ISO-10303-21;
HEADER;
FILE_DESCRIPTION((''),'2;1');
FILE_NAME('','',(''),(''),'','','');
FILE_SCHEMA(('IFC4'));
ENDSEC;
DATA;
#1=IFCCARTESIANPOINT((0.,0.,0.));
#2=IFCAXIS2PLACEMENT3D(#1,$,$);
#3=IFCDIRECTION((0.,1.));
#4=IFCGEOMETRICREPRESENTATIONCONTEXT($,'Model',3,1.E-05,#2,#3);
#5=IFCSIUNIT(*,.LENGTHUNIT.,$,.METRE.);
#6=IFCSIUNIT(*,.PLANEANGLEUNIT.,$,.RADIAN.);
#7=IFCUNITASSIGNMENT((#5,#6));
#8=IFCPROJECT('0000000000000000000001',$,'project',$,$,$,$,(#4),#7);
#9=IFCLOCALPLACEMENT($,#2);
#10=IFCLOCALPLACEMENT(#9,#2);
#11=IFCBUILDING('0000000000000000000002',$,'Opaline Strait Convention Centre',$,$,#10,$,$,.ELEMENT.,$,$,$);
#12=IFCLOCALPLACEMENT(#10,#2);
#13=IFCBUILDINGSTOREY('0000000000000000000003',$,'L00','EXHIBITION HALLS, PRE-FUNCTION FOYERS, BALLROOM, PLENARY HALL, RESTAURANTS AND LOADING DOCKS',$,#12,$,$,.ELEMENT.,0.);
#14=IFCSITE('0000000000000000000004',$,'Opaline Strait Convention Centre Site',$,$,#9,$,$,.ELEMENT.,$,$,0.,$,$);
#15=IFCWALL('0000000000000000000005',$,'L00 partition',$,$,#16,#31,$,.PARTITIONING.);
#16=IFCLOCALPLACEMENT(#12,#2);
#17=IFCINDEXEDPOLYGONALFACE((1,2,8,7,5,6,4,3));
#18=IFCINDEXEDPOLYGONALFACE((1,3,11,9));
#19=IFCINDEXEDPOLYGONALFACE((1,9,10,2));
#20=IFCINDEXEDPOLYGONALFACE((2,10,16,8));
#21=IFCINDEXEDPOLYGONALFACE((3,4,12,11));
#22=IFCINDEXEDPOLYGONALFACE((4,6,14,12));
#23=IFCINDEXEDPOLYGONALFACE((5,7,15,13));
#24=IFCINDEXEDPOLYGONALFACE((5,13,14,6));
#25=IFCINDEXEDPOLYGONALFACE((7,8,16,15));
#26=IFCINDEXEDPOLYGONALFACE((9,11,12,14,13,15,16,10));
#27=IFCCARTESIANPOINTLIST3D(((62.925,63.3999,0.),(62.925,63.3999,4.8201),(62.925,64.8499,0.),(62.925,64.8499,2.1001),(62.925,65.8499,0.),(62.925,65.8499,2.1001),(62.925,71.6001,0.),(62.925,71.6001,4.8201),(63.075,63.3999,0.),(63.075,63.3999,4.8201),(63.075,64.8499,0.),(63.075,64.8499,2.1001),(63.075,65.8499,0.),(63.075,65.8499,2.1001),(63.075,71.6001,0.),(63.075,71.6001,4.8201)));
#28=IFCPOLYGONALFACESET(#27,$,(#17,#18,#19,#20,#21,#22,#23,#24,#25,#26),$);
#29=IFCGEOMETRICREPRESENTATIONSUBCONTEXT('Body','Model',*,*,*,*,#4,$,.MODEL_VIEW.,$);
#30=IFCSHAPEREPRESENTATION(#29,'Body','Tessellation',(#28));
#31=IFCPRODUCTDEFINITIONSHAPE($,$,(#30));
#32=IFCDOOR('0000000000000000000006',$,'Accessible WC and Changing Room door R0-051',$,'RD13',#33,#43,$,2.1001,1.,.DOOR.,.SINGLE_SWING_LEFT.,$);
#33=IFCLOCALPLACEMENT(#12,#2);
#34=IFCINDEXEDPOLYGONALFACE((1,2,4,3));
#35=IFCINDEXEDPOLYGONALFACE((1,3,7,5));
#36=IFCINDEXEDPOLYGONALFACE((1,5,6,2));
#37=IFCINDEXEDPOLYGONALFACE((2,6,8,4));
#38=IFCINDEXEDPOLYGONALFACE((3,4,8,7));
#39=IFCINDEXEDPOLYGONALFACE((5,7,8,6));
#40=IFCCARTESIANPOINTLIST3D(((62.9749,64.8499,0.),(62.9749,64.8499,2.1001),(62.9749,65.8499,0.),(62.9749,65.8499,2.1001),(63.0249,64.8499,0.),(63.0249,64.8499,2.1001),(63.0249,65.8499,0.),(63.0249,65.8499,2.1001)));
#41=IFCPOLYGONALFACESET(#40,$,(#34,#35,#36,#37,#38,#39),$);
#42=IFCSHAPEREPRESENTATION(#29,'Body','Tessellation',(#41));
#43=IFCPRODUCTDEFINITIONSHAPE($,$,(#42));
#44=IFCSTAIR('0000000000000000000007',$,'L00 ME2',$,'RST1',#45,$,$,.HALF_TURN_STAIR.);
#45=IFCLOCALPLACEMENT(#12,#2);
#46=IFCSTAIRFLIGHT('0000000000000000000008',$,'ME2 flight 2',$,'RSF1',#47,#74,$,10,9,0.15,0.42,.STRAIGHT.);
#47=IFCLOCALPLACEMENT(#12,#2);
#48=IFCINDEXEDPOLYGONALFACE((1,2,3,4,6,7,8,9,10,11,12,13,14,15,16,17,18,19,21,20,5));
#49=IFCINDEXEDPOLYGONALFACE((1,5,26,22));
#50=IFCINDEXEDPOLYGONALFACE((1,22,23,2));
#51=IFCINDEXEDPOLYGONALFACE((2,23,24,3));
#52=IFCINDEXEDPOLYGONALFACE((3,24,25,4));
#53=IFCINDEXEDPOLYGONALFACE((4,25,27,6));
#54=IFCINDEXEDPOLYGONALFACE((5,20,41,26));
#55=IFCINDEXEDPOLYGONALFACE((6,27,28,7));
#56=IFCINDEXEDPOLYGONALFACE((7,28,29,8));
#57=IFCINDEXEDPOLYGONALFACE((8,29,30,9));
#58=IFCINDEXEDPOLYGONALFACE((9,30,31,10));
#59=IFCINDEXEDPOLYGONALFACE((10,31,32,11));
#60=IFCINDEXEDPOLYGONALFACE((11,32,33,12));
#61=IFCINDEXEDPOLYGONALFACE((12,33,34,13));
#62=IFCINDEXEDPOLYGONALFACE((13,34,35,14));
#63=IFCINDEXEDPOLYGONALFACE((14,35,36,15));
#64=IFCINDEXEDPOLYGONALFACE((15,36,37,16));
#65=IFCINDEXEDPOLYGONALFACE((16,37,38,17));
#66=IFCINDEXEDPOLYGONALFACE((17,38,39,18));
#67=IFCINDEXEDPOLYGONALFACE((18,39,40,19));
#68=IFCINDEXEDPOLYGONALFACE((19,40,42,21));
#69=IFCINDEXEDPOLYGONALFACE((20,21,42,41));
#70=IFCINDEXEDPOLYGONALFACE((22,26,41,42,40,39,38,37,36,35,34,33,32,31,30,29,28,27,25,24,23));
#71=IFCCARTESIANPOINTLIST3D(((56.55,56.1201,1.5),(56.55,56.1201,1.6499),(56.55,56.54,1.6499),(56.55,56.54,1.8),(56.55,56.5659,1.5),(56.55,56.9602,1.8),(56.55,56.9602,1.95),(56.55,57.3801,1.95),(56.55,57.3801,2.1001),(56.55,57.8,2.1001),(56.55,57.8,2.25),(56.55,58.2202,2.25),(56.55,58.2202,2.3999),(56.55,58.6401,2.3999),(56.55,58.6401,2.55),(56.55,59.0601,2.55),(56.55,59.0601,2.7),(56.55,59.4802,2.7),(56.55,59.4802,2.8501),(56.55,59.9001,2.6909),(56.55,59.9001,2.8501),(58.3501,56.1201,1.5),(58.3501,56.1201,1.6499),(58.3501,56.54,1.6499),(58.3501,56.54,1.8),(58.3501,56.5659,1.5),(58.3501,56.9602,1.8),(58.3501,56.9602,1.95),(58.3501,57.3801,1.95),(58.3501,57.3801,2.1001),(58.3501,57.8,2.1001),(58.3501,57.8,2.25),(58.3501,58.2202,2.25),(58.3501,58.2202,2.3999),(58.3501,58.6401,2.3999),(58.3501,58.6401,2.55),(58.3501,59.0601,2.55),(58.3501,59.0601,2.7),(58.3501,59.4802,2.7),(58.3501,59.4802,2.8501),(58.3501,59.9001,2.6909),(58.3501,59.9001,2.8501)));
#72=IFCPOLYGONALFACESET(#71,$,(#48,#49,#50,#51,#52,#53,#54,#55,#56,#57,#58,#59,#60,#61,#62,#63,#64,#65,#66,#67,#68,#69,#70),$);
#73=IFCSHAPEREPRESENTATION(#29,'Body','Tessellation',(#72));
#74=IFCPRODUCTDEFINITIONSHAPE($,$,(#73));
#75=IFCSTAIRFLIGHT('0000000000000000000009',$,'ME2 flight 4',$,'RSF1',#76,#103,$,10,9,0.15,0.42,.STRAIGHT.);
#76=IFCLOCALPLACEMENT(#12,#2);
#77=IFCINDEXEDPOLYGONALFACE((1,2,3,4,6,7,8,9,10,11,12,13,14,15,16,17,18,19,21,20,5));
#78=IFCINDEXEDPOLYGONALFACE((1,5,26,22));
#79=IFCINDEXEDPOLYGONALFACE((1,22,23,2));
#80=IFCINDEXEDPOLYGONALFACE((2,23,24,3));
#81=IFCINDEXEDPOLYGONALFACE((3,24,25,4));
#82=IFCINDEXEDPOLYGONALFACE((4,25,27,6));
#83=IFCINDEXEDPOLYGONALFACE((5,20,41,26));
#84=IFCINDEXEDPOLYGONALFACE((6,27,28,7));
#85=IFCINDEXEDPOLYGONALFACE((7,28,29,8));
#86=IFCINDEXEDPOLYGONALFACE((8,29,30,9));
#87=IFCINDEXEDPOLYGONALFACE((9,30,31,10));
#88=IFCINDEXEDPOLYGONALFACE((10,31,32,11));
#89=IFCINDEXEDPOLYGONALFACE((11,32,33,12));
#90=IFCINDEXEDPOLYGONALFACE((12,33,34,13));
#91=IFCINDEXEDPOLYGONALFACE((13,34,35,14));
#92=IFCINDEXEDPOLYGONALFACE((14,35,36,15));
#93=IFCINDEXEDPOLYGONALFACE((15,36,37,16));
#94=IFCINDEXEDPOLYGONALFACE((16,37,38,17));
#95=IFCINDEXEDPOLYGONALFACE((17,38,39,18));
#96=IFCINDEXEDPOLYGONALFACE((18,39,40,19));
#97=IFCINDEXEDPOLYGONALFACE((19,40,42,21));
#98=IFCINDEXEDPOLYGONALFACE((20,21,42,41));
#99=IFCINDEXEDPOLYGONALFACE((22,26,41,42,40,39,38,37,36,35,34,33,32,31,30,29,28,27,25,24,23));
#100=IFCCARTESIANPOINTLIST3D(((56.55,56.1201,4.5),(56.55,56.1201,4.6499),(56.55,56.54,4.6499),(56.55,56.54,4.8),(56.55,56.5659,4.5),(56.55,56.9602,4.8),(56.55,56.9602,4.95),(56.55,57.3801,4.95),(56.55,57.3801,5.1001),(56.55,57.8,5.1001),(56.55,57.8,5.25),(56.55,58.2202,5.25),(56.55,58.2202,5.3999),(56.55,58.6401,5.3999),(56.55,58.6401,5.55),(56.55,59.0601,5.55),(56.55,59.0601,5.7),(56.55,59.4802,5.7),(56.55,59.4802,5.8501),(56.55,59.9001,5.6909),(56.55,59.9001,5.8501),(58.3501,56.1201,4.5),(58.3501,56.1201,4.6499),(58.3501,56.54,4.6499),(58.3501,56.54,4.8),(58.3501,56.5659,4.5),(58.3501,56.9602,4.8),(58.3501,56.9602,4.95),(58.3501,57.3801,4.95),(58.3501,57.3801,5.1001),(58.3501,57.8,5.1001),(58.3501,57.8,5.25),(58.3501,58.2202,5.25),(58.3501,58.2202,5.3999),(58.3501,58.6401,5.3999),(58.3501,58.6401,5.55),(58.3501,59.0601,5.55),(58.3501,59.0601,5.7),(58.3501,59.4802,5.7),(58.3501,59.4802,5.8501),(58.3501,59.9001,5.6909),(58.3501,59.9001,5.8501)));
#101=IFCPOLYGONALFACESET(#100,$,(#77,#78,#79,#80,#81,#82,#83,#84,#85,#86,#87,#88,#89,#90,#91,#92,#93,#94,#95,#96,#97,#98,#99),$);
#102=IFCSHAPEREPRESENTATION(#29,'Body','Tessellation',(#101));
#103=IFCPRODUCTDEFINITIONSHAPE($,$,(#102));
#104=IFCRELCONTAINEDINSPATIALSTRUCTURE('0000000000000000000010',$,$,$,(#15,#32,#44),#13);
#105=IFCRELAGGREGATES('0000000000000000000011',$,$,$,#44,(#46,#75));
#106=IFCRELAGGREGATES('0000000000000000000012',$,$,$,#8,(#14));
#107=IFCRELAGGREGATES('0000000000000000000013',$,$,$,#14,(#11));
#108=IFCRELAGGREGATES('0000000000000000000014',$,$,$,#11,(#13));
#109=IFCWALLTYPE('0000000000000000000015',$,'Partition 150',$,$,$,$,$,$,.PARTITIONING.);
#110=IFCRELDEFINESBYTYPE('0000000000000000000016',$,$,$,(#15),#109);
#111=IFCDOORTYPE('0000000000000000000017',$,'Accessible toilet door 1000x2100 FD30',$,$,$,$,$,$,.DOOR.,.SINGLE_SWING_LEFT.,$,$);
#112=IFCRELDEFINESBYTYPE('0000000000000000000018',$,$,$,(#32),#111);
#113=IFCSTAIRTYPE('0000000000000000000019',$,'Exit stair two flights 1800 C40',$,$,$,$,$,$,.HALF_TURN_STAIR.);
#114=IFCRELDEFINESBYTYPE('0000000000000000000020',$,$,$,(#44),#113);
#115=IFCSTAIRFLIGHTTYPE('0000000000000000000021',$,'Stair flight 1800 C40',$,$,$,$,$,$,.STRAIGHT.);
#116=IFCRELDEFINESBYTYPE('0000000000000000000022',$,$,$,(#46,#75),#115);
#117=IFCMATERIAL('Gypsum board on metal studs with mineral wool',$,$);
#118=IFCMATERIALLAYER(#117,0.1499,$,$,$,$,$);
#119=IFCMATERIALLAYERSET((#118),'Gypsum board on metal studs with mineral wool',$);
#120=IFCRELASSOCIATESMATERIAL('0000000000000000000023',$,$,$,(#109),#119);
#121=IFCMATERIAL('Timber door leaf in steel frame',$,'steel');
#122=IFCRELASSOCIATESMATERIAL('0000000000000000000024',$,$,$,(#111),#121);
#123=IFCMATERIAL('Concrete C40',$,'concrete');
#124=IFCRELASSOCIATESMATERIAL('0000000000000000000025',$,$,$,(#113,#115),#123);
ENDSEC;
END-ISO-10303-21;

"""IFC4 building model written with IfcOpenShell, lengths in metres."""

from ifc_helpers import new_model, si_unit, direction, frame, frame_2d, origin, place, context, subcontext, project, spatial, polyline, rectangle, outline, extrude, material, layer, layer_set, type_object, element, fill, aggregate, save


model = new_model("IFC4")

# Units and contexts
model_context = context("Model", 3, precision=1e-05, world=origin(), true_north=direction((0.0, 1.0)))
body_context = subcontext(model_context, "Body", "Model", "MODEL_VIEW")
ifc_project = project(units=[si_unit("LENGTHUNIT", "METRE"), si_unit("PLANEANGLEUNIT", "RADIAN")], contexts=[model_context])

# Site, building, storey
site_placement = place(None, origin())
site = spatial("IfcSite", under=ifc_project, at=site_placement, Name="Opaline Strait Convention Centre Site", CompositionType="ELEMENT", RefElevation=0.0)
building_placement = place(site_placement, origin())
building = spatial("IfcBuilding", under=site, at=building_placement, Name="Opaline Strait Convention Centre", CompositionType="ELEMENT")
storey_placement = place(building_placement, origin())
storey = spatial("IfcBuildingStorey", under=building, at=storey_placement, Name="L00", Description="EXHIBITION HALLS, PRE-FUNCTION FOYERS, BALLROOM, PLENARY HALL, RESTAURANTS AND LOADING DOCKS", CompositionType="ELEMENT", Elevation=0.0)

# Shared definitions
ifc_material_1 = material(Name="Concrete C40", Category="concrete")

# Shared definitions
ifc_material_2 = material(Name="Gypsum board on metal studs with mineral wool")
ifc_layer_1 = layer(ifc_material_2, 0.1499)
ifc_layer_set_1 = layer_set([ifc_layer_1], Name="Gypsum board on metal studs with mineral wool")
wall_type_1 = type_object("IfcWallType", Name="Partition 150", PredefinedType="PARTITIONING", material=ifc_layer_set_1)

# Shared definitions
ifc_material_3 = material(Name="Timber door leaf in steel frame", Category="steel")

# Wall, opening, door
wall_1_placement = place(storey_placement, frame((63.0, 63.3999, 0.0), z_axis=(0.0, 0.0, 1.0), x_axis=(0.0, 1.0, 0.0)))
wall_1 = element("IfcWall", 1, at=wall_1_placement, inside=storey, type_object=wall_type_1, Name="L00 partition", PredefinedType="PARTITIONING", context=body_context, shape_type="SweptSolid", body=[
    extrude(rectangle(XDim=8.2002, YDim=0.1499, at=frame_2d((4.1001, 0.0))), origin(), (0.0, 0.0, 1.0), 4.8201),
])
opening_1_placement = place(wall_1_placement, frame((1.45, 0.0, 0.0)))
opening_1 = element("IfcOpeningElement", 2, at=opening_1_placement, cuts=wall_1, PredefinedType="OPENING", context=body_context, shape_type="SweptSolid", body=[
    extrude(rectangle(XDim=1.0, YDim=2.1001, at=frame_2d((0.5, 1.05))), frame((0.0, 0.085, 0.0), z_axis=(0.0, -1.0, 0.0), x_axis=(1.0, 0.0, 0.0)), (0.0, 0.0, 1.0), 0.1699),
])
door_type_1 = type_object("IfcDoorType", Name="Accessible toilet door 1000x2100 FD30", OperationType="SINGLE_SWING_LEFT", PredefinedType="DOOR", material=ifc_material_3)
door_1_placement = place(opening_1_placement, frame((1.0, 0.0, 0.0), z_axis=(0.0, 0.0, 1.0), x_axis=(-1.0, 0.0, 0.0)))
door_1 = element("IfcDoor", 3, at=door_1_placement, inside=storey, type_object=door_type_1, Name="Accessible WC and Changing Room door R0-051", ObjectType="RD13", OperationType="SINGLE_SWING_LEFT", OverallHeight=2.1001, OverallWidth=1.0, PredefinedType="DOOR", context=body_context, shape_type="SweptSolid", body=[
    extrude(rectangle(XDim=1.0, YDim=2.1001, at=frame_2d((0.5, 1.05))), frame((0.0, 0.0249, 0.0), z_axis=(0.0, -1.0, 0.0), x_axis=(1.0, 0.0, 0.0)), (0.0, 0.0, 1.0), 0.05),
])
fill(opening_1, door_1)

# Stair, stair flights
stair_type = type_object("IfcStairType", Name="Exit stair two flights 1800 C40", PredefinedType="HALF_TURN_STAIR", material=ifc_material_1)
stair_placement = place(storey_placement, origin())
stair = element("IfcStair", 4, at=stair_placement, inside=storey, type_object=stair_type, Name="L00 ME2", ObjectType="RST1", PredefinedType="HALF_TURN_STAIR")
stair_flight_type = type_object("IfcStairFlightType", Name="Stair flight 1800 C40", PredefinedType="STRAIGHT", material=ifc_material_1)
stair_flight_1_placement = place(storey_placement, frame((57.45, 56.1201, 1.5), z_axis=(0.0, 0.0, 1.0), x_axis=(0.0, 1.0, 0.0)))
stair_flight_1 = element("IfcStairFlight", 5, at=stair_flight_1_placement, type_object=stair_flight_type, Name="ME2 flight 2", ObjectType="RSF1", NumberOfRisers=10, NumberOfTreads=9, PredefinedType="STRAIGHT", RiserHeight=0.15, TreadLength=0.42, context=body_context, shape_type="SweptSolid", body=[
    extrude(outline(polyline([(0.0, 0.0), (0.0, 0.1499), (0.4199, 0.1499), (0.4199, 0.3), (0.8401, 0.3), (0.8401, 0.45), (1.26, 0.45), (1.26, 0.6001), (1.6799, 0.6001), (1.6799, 0.75), (2.1001, 0.75), (2.1001, 0.8999), (2.52, 0.8999), (2.52, 1.05), (2.9399, 1.05), (2.9399, 1.2), (3.3601, 1.2), (3.3601, 1.3501), (3.78, 1.3501), (3.78, 1.5), (3.78, 1.1909), (0.4458, 0.0), (0.0, 0.0)])), frame((0.0, 0.8999, 0.0), z_axis=(0.0, -1.0, 0.0), x_axis=(1.0, 0.0, 0.0)), (0.0, 0.0, 1.0), 1.8),
])
stair_flight_2_placement = place(storey_placement, frame((57.45, 56.1201, 4.5), z_axis=(0.0, 0.0, 1.0), x_axis=(0.0, 1.0, 0.0)))
stair_flight_2 = element("IfcStairFlight", 6, at=stair_flight_2_placement, type_object=stair_flight_type, Name="ME2 flight 4", ObjectType="RSF1", NumberOfRisers=10, NumberOfTreads=9, PredefinedType="STRAIGHT", RiserHeight=0.15, TreadLength=0.42, context=body_context, shape_type="SweptSolid", body=[
    extrude(outline(polyline([(0.0, 0.0), (0.0, 0.1499), (0.4199, 0.1499), (0.4199, 0.3), (0.8401, 0.3), (0.8401, 0.45), (1.26, 0.45), (1.26, 0.6001), (1.6799, 0.6001), (1.6799, 0.75), (2.1001, 0.75), (2.1001, 0.8999), (2.52, 0.8999), (2.52, 1.05), (2.9399, 1.05), (2.9399, 1.2), (3.3601, 1.2), (3.3601, 1.3501), (3.78, 1.3501), (3.78, 1.5), (3.78, 1.1909), (0.4458, 0.0), (0.0, 0.0)])), frame((0.0, 0.8999, 0.0), z_axis=(0.0, -1.0, 0.0), x_axis=(1.0, 0.0, 0.0)), (0.0, 0.0, 1.0), 1.8),
])
aggregate(stair, [stair_flight_1, stair_flight_2])

save(model, "model.ifc")
